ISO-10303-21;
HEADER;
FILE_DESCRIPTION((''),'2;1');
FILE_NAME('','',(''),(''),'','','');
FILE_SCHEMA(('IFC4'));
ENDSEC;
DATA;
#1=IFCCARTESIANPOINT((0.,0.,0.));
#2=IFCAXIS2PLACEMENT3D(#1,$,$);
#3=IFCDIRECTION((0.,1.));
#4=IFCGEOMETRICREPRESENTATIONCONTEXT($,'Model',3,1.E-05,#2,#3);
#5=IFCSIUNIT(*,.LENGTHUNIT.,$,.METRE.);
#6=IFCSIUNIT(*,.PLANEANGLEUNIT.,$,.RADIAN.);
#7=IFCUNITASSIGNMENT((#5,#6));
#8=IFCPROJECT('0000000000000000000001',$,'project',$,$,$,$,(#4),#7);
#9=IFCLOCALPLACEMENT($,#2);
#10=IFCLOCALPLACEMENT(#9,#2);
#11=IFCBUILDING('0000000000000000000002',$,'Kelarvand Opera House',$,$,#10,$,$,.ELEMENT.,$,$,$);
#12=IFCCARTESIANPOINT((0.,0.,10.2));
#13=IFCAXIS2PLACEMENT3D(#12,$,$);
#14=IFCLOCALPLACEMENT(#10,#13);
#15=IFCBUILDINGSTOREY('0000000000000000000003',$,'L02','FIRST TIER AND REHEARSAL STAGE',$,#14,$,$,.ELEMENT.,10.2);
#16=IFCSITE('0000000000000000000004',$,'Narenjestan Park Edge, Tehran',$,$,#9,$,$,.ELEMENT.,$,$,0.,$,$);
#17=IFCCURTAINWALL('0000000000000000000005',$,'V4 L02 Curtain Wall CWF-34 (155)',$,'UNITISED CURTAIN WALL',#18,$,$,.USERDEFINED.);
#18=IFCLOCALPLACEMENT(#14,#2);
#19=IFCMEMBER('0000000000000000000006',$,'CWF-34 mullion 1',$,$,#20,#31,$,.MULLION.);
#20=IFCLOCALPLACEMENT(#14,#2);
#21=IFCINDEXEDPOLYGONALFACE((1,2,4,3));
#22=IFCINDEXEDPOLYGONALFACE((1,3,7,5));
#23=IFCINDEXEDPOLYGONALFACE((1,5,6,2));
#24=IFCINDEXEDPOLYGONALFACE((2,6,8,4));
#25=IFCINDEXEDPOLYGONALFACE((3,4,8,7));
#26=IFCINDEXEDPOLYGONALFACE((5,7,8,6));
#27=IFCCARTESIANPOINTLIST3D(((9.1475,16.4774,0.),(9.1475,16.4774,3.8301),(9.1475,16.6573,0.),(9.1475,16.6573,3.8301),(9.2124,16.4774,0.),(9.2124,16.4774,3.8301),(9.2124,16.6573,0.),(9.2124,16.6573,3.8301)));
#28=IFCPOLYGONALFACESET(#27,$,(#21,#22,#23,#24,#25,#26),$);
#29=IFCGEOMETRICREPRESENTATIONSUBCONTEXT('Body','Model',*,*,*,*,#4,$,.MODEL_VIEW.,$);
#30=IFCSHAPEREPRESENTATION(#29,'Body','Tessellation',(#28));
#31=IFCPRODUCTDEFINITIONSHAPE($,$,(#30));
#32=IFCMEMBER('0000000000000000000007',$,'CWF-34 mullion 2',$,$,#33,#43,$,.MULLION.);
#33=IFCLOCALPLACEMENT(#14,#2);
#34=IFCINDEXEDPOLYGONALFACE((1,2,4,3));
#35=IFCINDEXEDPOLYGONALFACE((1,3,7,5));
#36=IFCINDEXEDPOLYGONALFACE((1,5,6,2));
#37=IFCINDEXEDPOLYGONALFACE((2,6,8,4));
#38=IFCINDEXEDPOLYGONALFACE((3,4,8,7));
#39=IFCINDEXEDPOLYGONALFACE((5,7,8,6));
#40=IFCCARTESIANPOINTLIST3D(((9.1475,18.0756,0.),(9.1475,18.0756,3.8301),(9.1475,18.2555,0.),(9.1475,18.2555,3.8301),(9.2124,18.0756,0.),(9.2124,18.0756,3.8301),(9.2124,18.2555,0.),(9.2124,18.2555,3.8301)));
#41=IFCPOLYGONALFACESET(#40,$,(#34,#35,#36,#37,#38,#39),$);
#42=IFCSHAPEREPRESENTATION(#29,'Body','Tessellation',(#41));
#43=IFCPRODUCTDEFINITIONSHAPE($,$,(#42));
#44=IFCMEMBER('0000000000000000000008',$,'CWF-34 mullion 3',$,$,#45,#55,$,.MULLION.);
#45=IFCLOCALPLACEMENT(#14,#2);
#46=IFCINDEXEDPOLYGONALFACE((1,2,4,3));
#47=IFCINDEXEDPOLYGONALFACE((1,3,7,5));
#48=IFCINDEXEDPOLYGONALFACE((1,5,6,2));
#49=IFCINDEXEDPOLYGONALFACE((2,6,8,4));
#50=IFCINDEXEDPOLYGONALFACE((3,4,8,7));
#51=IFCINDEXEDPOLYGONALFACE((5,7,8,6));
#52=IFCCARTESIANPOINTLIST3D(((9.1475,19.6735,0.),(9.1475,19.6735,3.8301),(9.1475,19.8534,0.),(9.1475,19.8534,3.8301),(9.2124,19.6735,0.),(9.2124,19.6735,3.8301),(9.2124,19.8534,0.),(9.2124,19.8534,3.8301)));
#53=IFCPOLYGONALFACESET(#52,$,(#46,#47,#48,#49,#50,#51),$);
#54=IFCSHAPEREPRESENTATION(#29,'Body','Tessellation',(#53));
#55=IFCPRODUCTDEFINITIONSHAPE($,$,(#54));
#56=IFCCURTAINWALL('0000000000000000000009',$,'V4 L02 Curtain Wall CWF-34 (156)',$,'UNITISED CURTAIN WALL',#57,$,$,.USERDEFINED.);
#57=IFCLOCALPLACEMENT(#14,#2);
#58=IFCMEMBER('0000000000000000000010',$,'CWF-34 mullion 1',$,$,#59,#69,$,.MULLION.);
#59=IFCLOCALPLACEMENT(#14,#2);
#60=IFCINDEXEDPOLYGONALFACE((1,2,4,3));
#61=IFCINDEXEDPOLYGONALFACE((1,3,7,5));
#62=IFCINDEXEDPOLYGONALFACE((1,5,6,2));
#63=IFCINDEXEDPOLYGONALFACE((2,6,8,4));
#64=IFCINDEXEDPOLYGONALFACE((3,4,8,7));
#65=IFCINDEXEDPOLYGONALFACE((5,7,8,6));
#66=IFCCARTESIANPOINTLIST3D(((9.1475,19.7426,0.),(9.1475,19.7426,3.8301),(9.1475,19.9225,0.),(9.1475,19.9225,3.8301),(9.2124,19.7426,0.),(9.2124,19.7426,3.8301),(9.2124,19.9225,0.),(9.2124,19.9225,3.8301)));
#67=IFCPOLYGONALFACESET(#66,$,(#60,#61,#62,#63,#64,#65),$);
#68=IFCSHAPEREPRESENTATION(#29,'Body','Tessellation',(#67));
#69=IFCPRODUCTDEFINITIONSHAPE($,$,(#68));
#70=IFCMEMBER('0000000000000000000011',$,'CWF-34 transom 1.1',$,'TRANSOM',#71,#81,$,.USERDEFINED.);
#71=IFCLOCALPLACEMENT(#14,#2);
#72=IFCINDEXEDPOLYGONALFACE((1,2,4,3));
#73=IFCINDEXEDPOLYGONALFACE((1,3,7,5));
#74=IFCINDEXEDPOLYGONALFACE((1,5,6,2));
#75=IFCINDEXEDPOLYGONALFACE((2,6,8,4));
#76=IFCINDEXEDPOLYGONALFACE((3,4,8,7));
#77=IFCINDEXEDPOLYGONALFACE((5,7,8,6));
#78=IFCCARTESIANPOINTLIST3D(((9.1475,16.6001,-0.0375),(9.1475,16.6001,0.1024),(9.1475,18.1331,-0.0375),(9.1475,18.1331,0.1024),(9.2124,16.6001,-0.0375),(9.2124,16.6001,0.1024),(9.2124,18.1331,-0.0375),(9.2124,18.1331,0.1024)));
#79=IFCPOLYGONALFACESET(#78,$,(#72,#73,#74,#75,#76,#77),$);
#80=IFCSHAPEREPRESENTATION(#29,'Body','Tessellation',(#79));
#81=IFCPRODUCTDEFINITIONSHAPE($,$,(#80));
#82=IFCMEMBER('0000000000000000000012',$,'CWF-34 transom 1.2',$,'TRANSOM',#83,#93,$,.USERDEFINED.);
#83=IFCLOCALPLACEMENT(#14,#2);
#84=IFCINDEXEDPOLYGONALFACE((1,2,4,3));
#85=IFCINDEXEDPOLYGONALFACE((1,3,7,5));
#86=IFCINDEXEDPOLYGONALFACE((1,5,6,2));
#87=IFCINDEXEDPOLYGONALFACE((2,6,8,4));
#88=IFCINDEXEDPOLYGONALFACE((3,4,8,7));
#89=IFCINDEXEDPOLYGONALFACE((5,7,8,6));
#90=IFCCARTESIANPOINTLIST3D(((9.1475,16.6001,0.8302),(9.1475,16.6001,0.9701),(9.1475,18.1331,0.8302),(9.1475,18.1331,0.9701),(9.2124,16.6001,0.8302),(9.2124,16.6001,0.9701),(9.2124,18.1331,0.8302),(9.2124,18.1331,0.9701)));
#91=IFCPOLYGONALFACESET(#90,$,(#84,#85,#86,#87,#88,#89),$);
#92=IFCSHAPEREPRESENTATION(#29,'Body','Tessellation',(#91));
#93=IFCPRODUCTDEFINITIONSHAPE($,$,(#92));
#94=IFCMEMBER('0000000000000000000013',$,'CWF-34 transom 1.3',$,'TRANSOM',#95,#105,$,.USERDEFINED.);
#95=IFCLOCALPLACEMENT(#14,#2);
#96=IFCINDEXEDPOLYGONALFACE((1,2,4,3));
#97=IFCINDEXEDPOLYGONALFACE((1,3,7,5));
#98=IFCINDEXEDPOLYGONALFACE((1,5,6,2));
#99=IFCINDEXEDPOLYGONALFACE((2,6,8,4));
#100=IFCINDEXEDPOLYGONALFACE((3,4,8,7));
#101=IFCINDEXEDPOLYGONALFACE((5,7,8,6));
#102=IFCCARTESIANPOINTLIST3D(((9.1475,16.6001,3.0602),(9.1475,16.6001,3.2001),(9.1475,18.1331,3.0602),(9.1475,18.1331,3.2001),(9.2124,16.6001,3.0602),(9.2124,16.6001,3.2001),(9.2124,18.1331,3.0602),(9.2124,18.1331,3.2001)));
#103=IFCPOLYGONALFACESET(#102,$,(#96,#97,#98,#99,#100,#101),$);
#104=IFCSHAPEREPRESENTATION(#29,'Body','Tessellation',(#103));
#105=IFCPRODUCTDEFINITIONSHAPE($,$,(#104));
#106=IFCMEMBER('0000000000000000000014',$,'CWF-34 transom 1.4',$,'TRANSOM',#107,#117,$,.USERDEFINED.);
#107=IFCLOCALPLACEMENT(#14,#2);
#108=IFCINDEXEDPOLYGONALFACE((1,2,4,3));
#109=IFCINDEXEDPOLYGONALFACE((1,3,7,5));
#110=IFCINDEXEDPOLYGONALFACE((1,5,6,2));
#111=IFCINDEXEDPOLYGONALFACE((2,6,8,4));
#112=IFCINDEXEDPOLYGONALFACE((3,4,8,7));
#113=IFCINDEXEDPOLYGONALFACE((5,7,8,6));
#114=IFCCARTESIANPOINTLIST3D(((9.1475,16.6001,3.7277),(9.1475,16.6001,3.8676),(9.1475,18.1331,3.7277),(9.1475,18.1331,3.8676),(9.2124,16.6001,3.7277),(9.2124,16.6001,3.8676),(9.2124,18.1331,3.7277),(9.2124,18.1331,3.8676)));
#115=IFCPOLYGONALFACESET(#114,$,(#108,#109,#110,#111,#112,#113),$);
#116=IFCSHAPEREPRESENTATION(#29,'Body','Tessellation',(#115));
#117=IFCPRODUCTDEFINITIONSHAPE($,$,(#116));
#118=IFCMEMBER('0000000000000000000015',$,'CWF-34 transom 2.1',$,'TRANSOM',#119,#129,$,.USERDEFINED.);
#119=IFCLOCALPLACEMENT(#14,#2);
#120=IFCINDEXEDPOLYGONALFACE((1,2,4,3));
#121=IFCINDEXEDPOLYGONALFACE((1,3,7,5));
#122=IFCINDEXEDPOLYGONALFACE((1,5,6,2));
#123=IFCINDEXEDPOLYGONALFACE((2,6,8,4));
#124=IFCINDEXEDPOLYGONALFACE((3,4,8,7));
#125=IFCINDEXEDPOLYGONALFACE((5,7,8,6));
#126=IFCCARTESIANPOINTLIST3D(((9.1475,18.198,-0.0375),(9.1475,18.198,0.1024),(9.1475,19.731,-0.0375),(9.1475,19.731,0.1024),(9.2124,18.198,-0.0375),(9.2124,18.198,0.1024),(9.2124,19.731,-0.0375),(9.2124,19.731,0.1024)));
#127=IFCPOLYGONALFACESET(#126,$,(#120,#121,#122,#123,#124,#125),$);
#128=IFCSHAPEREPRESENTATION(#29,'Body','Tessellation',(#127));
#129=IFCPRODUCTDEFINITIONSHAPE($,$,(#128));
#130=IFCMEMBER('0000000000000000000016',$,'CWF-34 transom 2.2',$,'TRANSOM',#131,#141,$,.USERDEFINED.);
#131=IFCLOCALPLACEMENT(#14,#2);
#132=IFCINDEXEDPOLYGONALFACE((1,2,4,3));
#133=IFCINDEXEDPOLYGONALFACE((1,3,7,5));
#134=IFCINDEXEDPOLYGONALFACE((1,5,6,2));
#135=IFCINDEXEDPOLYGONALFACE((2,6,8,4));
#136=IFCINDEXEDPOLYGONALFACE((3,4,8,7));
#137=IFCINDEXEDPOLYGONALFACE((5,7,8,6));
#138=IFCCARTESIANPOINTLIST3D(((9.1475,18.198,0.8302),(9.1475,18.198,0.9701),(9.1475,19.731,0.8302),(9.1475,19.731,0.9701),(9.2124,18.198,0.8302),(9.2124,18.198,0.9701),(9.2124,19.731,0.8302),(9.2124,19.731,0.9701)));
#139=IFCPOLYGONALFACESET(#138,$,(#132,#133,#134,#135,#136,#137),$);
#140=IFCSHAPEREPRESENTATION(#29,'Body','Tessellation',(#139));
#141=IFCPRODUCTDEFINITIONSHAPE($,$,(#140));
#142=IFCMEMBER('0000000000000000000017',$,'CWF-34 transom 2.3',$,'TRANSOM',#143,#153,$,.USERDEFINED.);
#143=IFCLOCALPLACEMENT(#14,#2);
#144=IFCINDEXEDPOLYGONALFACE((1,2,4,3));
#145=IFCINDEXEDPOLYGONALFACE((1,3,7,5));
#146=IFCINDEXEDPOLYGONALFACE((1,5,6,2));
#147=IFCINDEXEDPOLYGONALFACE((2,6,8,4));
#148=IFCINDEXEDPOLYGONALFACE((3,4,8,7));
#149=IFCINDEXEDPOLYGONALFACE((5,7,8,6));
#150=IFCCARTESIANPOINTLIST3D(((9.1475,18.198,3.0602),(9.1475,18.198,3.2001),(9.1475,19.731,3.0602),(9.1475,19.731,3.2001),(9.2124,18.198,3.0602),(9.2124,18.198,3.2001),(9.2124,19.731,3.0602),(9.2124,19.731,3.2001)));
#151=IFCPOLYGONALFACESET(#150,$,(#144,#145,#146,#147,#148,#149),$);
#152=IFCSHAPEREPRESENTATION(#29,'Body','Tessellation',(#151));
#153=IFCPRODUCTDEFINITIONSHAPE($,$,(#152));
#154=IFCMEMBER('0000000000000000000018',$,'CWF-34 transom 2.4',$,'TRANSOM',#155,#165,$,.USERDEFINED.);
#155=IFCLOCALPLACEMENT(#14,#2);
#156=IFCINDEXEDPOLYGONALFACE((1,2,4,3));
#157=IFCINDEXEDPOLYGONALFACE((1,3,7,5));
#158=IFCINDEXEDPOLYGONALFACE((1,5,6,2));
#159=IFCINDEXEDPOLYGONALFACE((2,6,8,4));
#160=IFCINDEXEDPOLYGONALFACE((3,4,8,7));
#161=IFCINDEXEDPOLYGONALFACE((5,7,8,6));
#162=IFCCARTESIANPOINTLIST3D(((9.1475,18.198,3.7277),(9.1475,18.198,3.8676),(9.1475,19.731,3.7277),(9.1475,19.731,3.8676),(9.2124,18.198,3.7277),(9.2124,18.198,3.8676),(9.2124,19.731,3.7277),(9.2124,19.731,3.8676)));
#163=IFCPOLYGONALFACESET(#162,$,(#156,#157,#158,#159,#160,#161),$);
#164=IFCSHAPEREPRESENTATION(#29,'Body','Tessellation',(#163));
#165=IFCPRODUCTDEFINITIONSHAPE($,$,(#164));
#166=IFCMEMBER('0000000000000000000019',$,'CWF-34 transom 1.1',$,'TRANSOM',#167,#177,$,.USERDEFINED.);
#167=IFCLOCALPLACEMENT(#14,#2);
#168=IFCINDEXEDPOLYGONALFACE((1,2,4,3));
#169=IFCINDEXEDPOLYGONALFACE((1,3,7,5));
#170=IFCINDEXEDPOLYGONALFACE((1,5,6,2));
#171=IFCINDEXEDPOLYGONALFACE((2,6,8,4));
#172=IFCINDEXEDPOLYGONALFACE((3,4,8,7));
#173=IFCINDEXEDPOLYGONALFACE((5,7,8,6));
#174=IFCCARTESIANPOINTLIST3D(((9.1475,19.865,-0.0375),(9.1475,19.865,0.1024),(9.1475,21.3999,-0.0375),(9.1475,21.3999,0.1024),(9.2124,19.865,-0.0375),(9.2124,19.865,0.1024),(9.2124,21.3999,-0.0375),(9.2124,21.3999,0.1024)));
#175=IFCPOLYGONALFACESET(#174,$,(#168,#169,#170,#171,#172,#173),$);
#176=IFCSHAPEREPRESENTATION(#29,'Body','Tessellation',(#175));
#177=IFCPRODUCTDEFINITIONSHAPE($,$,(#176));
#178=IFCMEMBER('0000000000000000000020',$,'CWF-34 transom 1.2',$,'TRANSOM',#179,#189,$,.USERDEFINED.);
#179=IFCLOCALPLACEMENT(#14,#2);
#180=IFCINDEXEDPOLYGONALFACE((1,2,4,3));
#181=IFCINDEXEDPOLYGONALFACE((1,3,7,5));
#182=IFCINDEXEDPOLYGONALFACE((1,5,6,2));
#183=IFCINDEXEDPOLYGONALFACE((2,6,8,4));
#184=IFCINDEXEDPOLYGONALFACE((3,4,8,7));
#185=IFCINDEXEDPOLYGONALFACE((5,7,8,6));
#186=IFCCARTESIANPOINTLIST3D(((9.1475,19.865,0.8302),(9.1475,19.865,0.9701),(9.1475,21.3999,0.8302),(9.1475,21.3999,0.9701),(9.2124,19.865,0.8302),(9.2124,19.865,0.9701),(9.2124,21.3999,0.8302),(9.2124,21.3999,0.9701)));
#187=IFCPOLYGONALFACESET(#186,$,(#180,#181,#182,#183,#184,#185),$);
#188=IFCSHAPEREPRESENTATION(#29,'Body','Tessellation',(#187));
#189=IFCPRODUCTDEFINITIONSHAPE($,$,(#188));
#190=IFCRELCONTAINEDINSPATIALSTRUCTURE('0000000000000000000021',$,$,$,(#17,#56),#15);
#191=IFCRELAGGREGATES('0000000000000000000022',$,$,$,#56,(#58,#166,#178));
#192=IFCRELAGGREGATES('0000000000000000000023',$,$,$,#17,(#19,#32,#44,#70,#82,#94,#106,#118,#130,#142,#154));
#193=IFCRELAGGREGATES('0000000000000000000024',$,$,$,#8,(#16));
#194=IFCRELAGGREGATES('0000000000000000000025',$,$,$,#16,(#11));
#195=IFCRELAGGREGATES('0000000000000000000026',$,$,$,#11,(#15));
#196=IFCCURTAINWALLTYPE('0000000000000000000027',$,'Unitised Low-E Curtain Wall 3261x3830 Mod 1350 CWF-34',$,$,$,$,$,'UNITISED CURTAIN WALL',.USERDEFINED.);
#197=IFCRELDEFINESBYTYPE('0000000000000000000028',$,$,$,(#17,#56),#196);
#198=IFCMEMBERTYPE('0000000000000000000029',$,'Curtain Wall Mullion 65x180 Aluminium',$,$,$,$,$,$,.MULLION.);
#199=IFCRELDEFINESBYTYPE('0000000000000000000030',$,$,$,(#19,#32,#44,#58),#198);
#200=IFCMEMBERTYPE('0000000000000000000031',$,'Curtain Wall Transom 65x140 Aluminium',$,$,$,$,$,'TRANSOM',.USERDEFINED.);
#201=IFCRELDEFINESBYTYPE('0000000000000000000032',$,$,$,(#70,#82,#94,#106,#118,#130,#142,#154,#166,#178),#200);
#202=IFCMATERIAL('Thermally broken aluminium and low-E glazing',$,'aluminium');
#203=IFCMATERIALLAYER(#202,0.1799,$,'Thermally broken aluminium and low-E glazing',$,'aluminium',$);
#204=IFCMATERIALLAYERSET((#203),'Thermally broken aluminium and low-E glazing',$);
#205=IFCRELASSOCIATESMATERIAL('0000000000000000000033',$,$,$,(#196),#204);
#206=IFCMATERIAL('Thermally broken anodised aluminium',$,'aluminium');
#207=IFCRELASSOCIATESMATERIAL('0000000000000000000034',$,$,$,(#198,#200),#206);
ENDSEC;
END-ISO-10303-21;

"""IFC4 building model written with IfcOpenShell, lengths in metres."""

from ifc_helpers import new_model, si_unit, direction, frame, origin, origin_2d, place, context, subcontext, project, spatial, rectangle, extrude, material, layer, layer_set, material_profile, profile_set, type_object, element, aggregate, save


model = new_model("IFC4")

# Units and contexts
model_context = context("Model", 3, precision=1e-05, world=origin(), true_north=direction((0.0, 1.0)))
body_context = subcontext(model_context, "Body", "Model", "MODEL_VIEW")
ifc_project = project(units=[si_unit("LENGTHUNIT", "METRE"), si_unit("PLANEANGLEUNIT", "RADIAN")], contexts=[model_context])

# Site, building, storey
site_placement = place(None, origin())
site = spatial("IfcSite", under=ifc_project, at=site_placement, Name="Narenjestan Park Edge, Tehran", CompositionType="ELEMENT", RefElevation=0.0)
building_placement = place(site_placement, origin())
building = spatial("IfcBuilding", under=site, at=building_placement, Name="Kelarvand Opera House", CompositionType="ELEMENT")
storey_placement = place(building_placement, frame((0.0, 0.0, 10.2)))
storey = spatial("IfcBuildingStorey", under=building, at=storey_placement, Name="L02", Description="FIRST TIER AND REHEARSAL STAGE", CompositionType="ELEMENT", Elevation=10.2)

# Curtain wall, members
ifc_material_1 = material(Name="Thermally broken aluminium and low-E glazing", Category="aluminium")
ifc_layer_1 = layer(ifc_material_1, 0.1799, Name="Thermally broken aluminium and low-E glazing", Category="aluminium")
ifc_layer_set_1 = layer_set([ifc_layer_1], Name="Thermally broken aluminium and low-E glazing")
curtain_wall_type = type_object("IfcCurtainWallType", Name="Unitised Low-E Curtain Wall 3261x3830 Mod 1350 CWF-34", ElementType="UNITISED CURTAIN WALL", PredefinedType="USERDEFINED", material=ifc_layer_set_1)
curtain_wall_1_placement = place(storey_placement, origin())
curtain_wall_1 = element("IfcCurtainWall", 1, at=curtain_wall_1_placement, inside=storey, type_object=curtain_wall_type, Name="V4 L02 Curtain Wall CWF-34 (155)", ObjectType="UNITISED CURTAIN WALL", PredefinedType="USERDEFINED")
ifc_material_2 = material(Name="Thermally broken anodised aluminium", Category="aluminium")
ifc_material_profile_1 = material_profile(ifc_material_2, rectangle(XDim=0.0649, YDim=0.1799, at=origin_2d()), Name="ALU MULLION 65x180", Category="aluminium")
ifc_profile_set_1 = profile_set([ifc_material_profile_1], Name="Thermally broken anodised aluminium")
member_type_1 = type_object("IfcMemberType", Name="Curtain Wall Mullion 65x180 Aluminium", PredefinedType="MULLION", material=ifc_profile_set_1)
member_1_placement = place(storey_placement, frame((9.1799, 16.5674, 0.0), z_axis=(0.0, 0.0, 1.0), x_axis=(-1.0, 0.0, 0.0)))
member_1 = element("IfcMember", 2, at=member_1_placement, type_object=member_type_1, Name="CWF-34 mullion 1", PredefinedType="MULLION", context=body_context, shape_type="SweptSolid", body=[
    extrude(rectangle(XDim=0.0649, YDim=0.1799, at=origin_2d()), origin(), (0.0, 0.0, 1.0), 3.8301),
])
member_2_placement = place(storey_placement, frame((9.1799, 18.1655, 0.0), z_axis=(0.0, 0.0, 1.0), x_axis=(-1.0, 0.0, 0.0)))
member_2 = element("IfcMember", 3, at=member_2_placement, type_object=member_type_1, Name="CWF-34 mullion 2", PredefinedType="MULLION", context=body_context, shape_type="SweptSolid", body=[
    extrude(rectangle(XDim=0.0649, YDim=0.1799, at=origin_2d()), origin(), (0.0, 0.0, 1.0), 3.8301),
])
member_3_placement = place(storey_placement, frame((9.1799, 19.7634, 0.0), z_axis=(0.0, 0.0, 1.0), x_axis=(-1.0, 0.0, 0.0)))
member_3 = element("IfcMember", 4, at=member_3_placement, type_object=member_type_1, Name="CWF-34 mullion 3", PredefinedType="MULLION", context=body_context, shape_type="SweptSolid", body=[
    extrude(rectangle(XDim=0.0649, YDim=0.1799, at=origin_2d()), origin(), (0.0, 0.0, 1.0), 3.8301),
])

# Curtain wall, member
curtain_wall_2_placement = place(storey_placement, origin())
curtain_wall_2 = element("IfcCurtainWall", 5, at=curtain_wall_2_placement, inside=storey, type_object=curtain_wall_type, Name="V4 L02 Curtain Wall CWF-34 (156)", ObjectType="UNITISED CURTAIN WALL", PredefinedType="USERDEFINED")
member_4_placement = place(storey_placement, frame((9.1799, 19.8325, 0.0), z_axis=(0.0, 0.0, 1.0), x_axis=(-1.0, 0.0, 0.0)))
member_4 = element("IfcMember", 6, at=member_4_placement, type_object=member_type_1, Name="CWF-34 mullion 1", PredefinedType="MULLION", context=body_context, shape_type="SweptSolid", body=[
    extrude(rectangle(XDim=0.0649, YDim=0.1799, at=origin_2d()), origin(), (0.0, 0.0, 1.0), 3.8301),
])

# Members
ifc_material_profile_2 = material_profile(ifc_material_2, rectangle(XDim=0.0649, YDim=0.1399, at=origin_2d()), Name="ALU TRANSOM 65x140", Category="aluminium")
ifc_profile_set_2 = profile_set([ifc_material_profile_2], Name="Thermally broken anodised aluminium")
member_type_2 = type_object("IfcMemberType", Name="Curtain Wall Transom 65x140 Aluminium", ElementType="TRANSOM", PredefinedType="USERDEFINED", material=ifc_profile_set_2)
member_5_placement = place(storey_placement, frame((9.1799, 16.6001, 0.0325), z_axis=(0.0, 1.0, 0.0), x_axis=(-1.0, 0.0, 0.0)))
member_5 = element("IfcMember", 7, at=member_5_placement, type_object=member_type_2, Name="CWF-34 transom 1.1", ObjectType="TRANSOM", PredefinedType="USERDEFINED", context=body_context, shape_type="SweptSolid", body=[
    extrude(rectangle(XDim=0.0649, YDim=0.1399, at=origin_2d()), origin(), (0.0, 0.0, 1.0), 1.533),
])
member_6_placement = place(storey_placement, frame((9.1799, 16.6001, 0.9001), z_axis=(0.0, 1.0, 0.0), x_axis=(-1.0, 0.0, 0.0)))
member_6 = element("IfcMember", 8, at=member_6_placement, type_object=member_type_2, Name="CWF-34 transom 1.2", ObjectType="TRANSOM", PredefinedType="USERDEFINED", context=body_context, shape_type="SweptSolid", body=[
    extrude(rectangle(XDim=0.0649, YDim=0.1399, at=origin_2d()), origin(), (0.0, 0.0, 1.0), 1.533),
])
member_7_placement = place(storey_placement, frame((9.1799, 16.6001, 3.1301), z_axis=(0.0, 1.0, 0.0), x_axis=(-1.0, 0.0, 0.0)))
member_7 = element("IfcMember", 9, at=member_7_placement, type_object=member_type_2, Name="CWF-34 transom 1.3", ObjectType="TRANSOM", PredefinedType="USERDEFINED", context=body_context, shape_type="SweptSolid", body=[
    extrude(rectangle(XDim=0.0649, YDim=0.1399, at=origin_2d()), origin(), (0.0, 0.0, 1.0), 1.533),
])
member_8_placement = place(storey_placement, frame((9.1799, 16.6001, 3.7976), z_axis=(0.0, 1.0, 0.0), x_axis=(-1.0, 0.0, 0.0)))
member_8 = element("IfcMember", 10, at=member_8_placement, type_object=member_type_2, Name="CWF-34 transom 1.4", ObjectType="TRANSOM", PredefinedType="USERDEFINED", context=body_context, shape_type="SweptSolid", body=[
    extrude(rectangle(XDim=0.0649, YDim=0.1399, at=origin_2d()), origin(), (0.0, 0.0, 1.0), 1.533),
])
member_9_placement = place(storey_placement, frame((9.1799, 18.198, 0.0325), z_axis=(0.0, 1.0, 0.0), x_axis=(-1.0, 0.0, 0.0)))
member_9 = element("IfcMember", 11, at=member_9_placement, type_object=member_type_2, Name="CWF-34 transom 2.1", ObjectType="TRANSOM", PredefinedType="USERDEFINED", context=body_context, shape_type="SweptSolid", body=[
    extrude(rectangle(XDim=0.0649, YDim=0.1399, at=origin_2d()), origin(), (0.0, 0.0, 1.0), 1.533),
])
member_10_placement = place(storey_placement, frame((9.1799, 18.198, 0.9001), z_axis=(0.0, 1.0, 0.0), x_axis=(-1.0, 0.0, 0.0)))
member_10 = element("IfcMember", 12, at=member_10_placement, type_object=member_type_2, Name="CWF-34 transom 2.2", ObjectType="TRANSOM", PredefinedType="USERDEFINED", context=body_context, shape_type="SweptSolid", body=[
    extrude(rectangle(XDim=0.0649, YDim=0.1399, at=origin_2d()), origin(), (0.0, 0.0, 1.0), 1.533),
])
member_11_placement = place(storey_placement, frame((9.1799, 18.198, 3.1301), z_axis=(0.0, 1.0, 0.0), x_axis=(-1.0, 0.0, 0.0)))
member_11 = element("IfcMember", 13, at=member_11_placement, type_object=member_type_2, Name="CWF-34 transom 2.3", ObjectType="TRANSOM", PredefinedType="USERDEFINED", context=body_context, shape_type="SweptSolid", body=[
    extrude(rectangle(XDim=0.0649, YDim=0.1399, at=origin_2d()), origin(), (0.0, 0.0, 1.0), 1.533),
])
member_12_placement = place(storey_placement, frame((9.1799, 18.198, 3.7976), z_axis=(0.0, 1.0, 0.0), x_axis=(-1.0, 0.0, 0.0)))
member_12 = element("IfcMember", 14, at=member_12_placement, type_object=member_type_2, Name="CWF-34 transom 2.4", ObjectType="TRANSOM", PredefinedType="USERDEFINED", context=body_context, shape_type="SweptSolid", body=[
    extrude(rectangle(XDim=0.0649, YDim=0.1399, at=origin_2d()), origin(), (0.0, 0.0, 1.0), 1.533),
])
member_13_placement = place(storey_placement, frame((9.1799, 19.865, 0.0325), z_axis=(0.0, 1.0, 0.0), x_axis=(-1.0, 0.0, 0.0)))
member_13 = element("IfcMember", 15, at=member_13_placement, type_object=member_type_2, Name="CWF-34 transom 1.1", ObjectType="TRANSOM", PredefinedType="USERDEFINED", context=body_context, shape_type="SweptSolid", body=[
    extrude(rectangle(XDim=0.0649, YDim=0.1399, at=origin_2d()), origin(), (0.0, 0.0, 1.0), 1.5349),
])
member_14_placement = place(storey_placement, frame((9.1799, 19.865, 0.9001), z_axis=(0.0, 1.0, 0.0), x_axis=(-1.0, 0.0, 0.0)))
member_14 = element("IfcMember", 16, at=member_14_placement, type_object=member_type_2, Name="CWF-34 transom 1.2", ObjectType="TRANSOM", PredefinedType="USERDEFINED", context=body_context, shape_type="SweptSolid", body=[
    extrude(rectangle(XDim=0.0649, YDim=0.1399, at=origin_2d()), origin(), (0.0, 0.0, 1.0), 1.5349),
])
aggregate(curtain_wall_2, [member_4, member_13, member_14])

aggregate(curtain_wall_1, [member_1, member_2, member_3, member_5, member_6, member_7, member_8, member_9, member_10, member_11, member_12])

save(model, "model.ifc")
